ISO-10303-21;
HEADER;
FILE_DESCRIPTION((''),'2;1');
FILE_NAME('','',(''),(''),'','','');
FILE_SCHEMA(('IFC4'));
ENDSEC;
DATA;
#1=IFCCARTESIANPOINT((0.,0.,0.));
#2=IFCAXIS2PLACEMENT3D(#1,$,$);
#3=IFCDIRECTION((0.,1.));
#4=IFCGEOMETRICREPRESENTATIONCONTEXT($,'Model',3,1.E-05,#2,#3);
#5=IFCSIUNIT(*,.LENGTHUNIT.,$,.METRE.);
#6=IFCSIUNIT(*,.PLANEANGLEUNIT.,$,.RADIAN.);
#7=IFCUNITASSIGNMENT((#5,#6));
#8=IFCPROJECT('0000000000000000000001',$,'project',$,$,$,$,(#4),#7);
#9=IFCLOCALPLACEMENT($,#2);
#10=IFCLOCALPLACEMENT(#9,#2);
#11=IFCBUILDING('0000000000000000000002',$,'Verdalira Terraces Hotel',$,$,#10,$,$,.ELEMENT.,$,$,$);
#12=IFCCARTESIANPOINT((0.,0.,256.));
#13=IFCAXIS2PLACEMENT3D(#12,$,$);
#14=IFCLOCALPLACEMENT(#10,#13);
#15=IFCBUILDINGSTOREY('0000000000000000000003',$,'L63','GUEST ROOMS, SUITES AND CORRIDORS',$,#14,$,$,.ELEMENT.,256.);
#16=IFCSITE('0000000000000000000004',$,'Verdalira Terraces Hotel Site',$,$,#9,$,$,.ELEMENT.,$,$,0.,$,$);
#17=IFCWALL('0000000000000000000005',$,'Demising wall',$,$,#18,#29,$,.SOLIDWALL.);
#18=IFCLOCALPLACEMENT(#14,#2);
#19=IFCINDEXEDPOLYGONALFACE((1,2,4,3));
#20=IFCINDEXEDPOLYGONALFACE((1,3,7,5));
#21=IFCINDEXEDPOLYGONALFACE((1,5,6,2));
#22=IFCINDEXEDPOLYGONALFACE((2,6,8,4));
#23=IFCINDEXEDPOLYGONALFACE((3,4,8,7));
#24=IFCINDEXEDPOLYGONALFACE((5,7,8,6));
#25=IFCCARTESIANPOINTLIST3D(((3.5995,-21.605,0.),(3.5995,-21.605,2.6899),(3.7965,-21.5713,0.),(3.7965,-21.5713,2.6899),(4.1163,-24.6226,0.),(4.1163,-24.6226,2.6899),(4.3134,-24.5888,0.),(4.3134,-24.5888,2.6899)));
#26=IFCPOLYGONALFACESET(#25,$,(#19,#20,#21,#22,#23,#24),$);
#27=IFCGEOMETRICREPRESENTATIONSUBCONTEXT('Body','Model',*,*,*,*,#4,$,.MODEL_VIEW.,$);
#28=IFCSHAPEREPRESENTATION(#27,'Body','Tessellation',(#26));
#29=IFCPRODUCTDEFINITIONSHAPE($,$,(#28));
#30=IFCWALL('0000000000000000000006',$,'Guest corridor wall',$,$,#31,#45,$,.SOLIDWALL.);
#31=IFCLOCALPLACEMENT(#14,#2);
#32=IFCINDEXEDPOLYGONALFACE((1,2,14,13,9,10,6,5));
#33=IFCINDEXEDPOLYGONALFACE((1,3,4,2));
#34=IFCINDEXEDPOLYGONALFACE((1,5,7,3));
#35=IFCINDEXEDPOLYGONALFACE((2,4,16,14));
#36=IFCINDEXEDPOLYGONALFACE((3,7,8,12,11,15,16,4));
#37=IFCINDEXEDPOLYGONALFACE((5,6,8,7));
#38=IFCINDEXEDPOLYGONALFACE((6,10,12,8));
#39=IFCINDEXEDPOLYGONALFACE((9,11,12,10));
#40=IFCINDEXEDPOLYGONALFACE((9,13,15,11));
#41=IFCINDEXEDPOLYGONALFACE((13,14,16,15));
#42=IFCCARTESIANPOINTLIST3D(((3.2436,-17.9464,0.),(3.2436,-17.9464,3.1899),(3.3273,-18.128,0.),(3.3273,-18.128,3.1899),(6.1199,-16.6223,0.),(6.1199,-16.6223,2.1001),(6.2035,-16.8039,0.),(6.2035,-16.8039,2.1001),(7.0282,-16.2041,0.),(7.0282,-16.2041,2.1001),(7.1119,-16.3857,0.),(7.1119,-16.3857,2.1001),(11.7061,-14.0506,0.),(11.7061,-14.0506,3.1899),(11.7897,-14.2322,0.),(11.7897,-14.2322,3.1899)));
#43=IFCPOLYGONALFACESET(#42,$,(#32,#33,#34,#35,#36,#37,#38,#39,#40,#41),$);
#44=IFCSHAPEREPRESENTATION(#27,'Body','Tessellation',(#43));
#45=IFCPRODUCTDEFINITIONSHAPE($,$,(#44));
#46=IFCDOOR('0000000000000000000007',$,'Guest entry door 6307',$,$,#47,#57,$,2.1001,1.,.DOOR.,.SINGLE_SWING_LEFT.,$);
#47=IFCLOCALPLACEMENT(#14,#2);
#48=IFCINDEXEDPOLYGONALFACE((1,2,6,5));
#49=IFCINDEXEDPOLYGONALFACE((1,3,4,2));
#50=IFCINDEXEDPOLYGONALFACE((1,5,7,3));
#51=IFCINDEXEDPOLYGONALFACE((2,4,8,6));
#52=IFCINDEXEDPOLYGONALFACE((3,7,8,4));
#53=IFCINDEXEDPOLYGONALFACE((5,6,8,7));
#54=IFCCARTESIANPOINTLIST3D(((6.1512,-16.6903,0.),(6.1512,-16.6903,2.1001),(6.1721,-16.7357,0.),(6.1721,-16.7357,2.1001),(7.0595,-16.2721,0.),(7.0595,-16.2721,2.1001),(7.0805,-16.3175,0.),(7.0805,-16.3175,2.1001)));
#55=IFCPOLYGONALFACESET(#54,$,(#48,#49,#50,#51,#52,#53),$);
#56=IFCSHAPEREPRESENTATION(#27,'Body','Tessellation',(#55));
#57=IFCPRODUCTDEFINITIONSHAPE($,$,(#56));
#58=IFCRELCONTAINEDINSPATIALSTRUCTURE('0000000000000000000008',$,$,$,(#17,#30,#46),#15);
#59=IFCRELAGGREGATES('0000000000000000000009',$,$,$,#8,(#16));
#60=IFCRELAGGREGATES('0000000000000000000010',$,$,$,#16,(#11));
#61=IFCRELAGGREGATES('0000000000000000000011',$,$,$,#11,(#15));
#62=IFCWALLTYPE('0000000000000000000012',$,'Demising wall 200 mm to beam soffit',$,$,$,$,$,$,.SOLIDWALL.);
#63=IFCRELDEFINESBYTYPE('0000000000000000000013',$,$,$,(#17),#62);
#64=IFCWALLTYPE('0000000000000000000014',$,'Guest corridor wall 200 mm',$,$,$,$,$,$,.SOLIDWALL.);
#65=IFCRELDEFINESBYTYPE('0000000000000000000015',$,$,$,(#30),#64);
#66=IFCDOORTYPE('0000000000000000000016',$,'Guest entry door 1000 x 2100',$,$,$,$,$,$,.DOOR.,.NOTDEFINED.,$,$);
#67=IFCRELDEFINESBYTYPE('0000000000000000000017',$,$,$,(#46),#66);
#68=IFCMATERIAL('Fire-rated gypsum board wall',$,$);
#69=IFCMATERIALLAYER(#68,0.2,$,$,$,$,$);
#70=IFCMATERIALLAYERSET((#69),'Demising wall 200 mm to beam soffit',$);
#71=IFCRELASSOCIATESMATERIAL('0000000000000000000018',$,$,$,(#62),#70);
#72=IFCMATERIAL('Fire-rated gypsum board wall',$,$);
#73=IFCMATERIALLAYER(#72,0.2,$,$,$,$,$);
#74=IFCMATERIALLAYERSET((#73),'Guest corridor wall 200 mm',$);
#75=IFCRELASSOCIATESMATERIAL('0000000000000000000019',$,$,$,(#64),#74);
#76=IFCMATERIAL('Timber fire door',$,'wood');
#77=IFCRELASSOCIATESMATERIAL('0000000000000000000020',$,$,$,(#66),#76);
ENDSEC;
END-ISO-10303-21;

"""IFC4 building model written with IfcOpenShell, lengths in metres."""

from ifc_helpers import new_model, si_unit, direction, frame, frame_2d, origin, place, context, subcontext, project, spatial, rectangle, extrude, material, layer, layer_set, type_object, element, fill, save


model = new_model("IFC4")

# Units and contexts
model_context = context("Model", 3, precision=1e-05, world=origin(), true_north=direction((0.0, 1.0)))
body_context = subcontext(model_context, "Body", "Model", "MODEL_VIEW")
ifc_project = project(units=[si_unit("LENGTHUNIT", "METRE"), si_unit("PLANEANGLEUNIT", "RADIAN")], contexts=[model_context])

# Site, building, storey
site_placement = place(None, origin())
site = spatial("IfcSite", under=ifc_project, at=site_placement, Name="Verdalira Terraces Hotel Site", CompositionType="ELEMENT", RefElevation=0.0)
building_placement = place(site_placement, origin())
building = spatial("IfcBuilding", under=site, at=building_placement, Name="Verdalira Terraces Hotel", CompositionType="ELEMENT")
storey_placement = place(building_placement, frame((0.0, 0.0, 256.0)))
storey = spatial("IfcBuildingStorey", under=building, at=storey_placement, Name="L63", Description="GUEST ROOMS, SUITES AND CORRIDORS", CompositionType="ELEMENT", Elevation=256.0)

# Wall
ifc_material_1 = material(Name="Fire-rated gypsum board wall")
ifc_layer_1 = layer(ifc_material_1, 0.2)
ifc_layer_set_1 = layer_set([ifc_layer_1], Name="Demising wall 200 mm to beam soffit")
wall_type_1 = type_object("IfcWallType", Name="Demising wall 200 mm to beam soffit", PredefinedType="SOLIDWALL", material=ifc_layer_set_1)
wall_1_placement = place(storey_placement, frame((3.698, -21.5881, 0.0), z_axis=(0.0, 0.0, 1.0), x_axis=(0.16882, -0.985647, 0.0)))
element("IfcWall", 1, at=wall_1_placement, inside=storey, type_object=wall_type_1, Name="Demising wall", PredefinedType="SOLIDWALL", context=body_context, shape_type="SweptSolid", body=[
    extrude(rectangle(XDim=3.0615, YDim=0.2, at=frame_2d((1.5308, 0.0))), origin(), (0.0, 0.0, 1.0), 2.6899),
])

# Wall, opening, door
ifc_material_2 = material(Name="Fire-rated gypsum board wall")
ifc_layer_2 = layer(ifc_material_2, 0.2)
ifc_layer_set_2 = layer_set([ifc_layer_2], Name="Guest corridor wall 200 mm")
wall_type_2 = type_object("IfcWallType", Name="Guest corridor wall 200 mm", PredefinedType="SOLIDWALL", material=ifc_layer_set_2)
wall_2_placement = place(storey_placement, frame((11.748, -14.1414, 0.0), z_axis=(0.0, 0.0, 1.0), x_axis=(-0.908366, -0.418176, 0.0)))
wall_2 = element("IfcWall", 2, at=wall_2_placement, inside=storey, type_object=wall_type_2, Name="Guest corridor wall", PredefinedType="SOLIDWALL", context=body_context, shape_type="SweptSolid", body=[
    extrude(rectangle(XDim=9.3162, YDim=0.2, at=frame_2d((4.6582, 0.0))), origin(), (0.0, 0.0, 1.0), 3.1899),
])
opening_1_placement = place(wall_2_placement, frame((5.1499, 0.0, 0.0)))
opening_1 = element("IfcOpeningElement", 3, at=opening_1_placement, cuts=wall_2, PredefinedType="OPENING", context=body_context, shape_type="SweptSolid", body=[
    extrude(rectangle(XDim=1.0, YDim=2.1001, at=frame_2d((0.5, 1.05))), frame((0.0, 0.1099, 0.0), z_axis=(0.0, -1.0, 0.0), x_axis=(1.0, 0.0, 0.0)), (0.0, 0.0, 1.0), 0.22),
])
ifc_material_3 = material(Name="Timber fire door", Category="wood")
door_type_1 = type_object("IfcDoorType", Name="Guest entry door 1000 x 2100", OperationType="NOTDEFINED", PredefinedType="DOOR", material=ifc_material_3)
door_1_placement = place(opening_1_placement, origin())
door_1 = element("IfcDoor", 4, at=door_1_placement, inside=storey, type_object=door_type_1, Name="Guest entry door 6307", OperationType="SINGLE_SWING_LEFT", OverallHeight=2.1001, OverallWidth=1.0, PredefinedType="DOOR", context=body_context, shape_type="SweptSolid", body=[
    extrude(rectangle(XDim=1.0, YDim=2.1001, at=frame_2d((0.5, 1.05))), frame((0.0, 0.0249, 0.0), z_axis=(0.0, -1.0, 0.0), x_axis=(1.0, 0.0, 0.0)), (0.0, 0.0, 1.0), 0.05),
])
fill(opening_1, door_1)

save(model, "model.ifc")
